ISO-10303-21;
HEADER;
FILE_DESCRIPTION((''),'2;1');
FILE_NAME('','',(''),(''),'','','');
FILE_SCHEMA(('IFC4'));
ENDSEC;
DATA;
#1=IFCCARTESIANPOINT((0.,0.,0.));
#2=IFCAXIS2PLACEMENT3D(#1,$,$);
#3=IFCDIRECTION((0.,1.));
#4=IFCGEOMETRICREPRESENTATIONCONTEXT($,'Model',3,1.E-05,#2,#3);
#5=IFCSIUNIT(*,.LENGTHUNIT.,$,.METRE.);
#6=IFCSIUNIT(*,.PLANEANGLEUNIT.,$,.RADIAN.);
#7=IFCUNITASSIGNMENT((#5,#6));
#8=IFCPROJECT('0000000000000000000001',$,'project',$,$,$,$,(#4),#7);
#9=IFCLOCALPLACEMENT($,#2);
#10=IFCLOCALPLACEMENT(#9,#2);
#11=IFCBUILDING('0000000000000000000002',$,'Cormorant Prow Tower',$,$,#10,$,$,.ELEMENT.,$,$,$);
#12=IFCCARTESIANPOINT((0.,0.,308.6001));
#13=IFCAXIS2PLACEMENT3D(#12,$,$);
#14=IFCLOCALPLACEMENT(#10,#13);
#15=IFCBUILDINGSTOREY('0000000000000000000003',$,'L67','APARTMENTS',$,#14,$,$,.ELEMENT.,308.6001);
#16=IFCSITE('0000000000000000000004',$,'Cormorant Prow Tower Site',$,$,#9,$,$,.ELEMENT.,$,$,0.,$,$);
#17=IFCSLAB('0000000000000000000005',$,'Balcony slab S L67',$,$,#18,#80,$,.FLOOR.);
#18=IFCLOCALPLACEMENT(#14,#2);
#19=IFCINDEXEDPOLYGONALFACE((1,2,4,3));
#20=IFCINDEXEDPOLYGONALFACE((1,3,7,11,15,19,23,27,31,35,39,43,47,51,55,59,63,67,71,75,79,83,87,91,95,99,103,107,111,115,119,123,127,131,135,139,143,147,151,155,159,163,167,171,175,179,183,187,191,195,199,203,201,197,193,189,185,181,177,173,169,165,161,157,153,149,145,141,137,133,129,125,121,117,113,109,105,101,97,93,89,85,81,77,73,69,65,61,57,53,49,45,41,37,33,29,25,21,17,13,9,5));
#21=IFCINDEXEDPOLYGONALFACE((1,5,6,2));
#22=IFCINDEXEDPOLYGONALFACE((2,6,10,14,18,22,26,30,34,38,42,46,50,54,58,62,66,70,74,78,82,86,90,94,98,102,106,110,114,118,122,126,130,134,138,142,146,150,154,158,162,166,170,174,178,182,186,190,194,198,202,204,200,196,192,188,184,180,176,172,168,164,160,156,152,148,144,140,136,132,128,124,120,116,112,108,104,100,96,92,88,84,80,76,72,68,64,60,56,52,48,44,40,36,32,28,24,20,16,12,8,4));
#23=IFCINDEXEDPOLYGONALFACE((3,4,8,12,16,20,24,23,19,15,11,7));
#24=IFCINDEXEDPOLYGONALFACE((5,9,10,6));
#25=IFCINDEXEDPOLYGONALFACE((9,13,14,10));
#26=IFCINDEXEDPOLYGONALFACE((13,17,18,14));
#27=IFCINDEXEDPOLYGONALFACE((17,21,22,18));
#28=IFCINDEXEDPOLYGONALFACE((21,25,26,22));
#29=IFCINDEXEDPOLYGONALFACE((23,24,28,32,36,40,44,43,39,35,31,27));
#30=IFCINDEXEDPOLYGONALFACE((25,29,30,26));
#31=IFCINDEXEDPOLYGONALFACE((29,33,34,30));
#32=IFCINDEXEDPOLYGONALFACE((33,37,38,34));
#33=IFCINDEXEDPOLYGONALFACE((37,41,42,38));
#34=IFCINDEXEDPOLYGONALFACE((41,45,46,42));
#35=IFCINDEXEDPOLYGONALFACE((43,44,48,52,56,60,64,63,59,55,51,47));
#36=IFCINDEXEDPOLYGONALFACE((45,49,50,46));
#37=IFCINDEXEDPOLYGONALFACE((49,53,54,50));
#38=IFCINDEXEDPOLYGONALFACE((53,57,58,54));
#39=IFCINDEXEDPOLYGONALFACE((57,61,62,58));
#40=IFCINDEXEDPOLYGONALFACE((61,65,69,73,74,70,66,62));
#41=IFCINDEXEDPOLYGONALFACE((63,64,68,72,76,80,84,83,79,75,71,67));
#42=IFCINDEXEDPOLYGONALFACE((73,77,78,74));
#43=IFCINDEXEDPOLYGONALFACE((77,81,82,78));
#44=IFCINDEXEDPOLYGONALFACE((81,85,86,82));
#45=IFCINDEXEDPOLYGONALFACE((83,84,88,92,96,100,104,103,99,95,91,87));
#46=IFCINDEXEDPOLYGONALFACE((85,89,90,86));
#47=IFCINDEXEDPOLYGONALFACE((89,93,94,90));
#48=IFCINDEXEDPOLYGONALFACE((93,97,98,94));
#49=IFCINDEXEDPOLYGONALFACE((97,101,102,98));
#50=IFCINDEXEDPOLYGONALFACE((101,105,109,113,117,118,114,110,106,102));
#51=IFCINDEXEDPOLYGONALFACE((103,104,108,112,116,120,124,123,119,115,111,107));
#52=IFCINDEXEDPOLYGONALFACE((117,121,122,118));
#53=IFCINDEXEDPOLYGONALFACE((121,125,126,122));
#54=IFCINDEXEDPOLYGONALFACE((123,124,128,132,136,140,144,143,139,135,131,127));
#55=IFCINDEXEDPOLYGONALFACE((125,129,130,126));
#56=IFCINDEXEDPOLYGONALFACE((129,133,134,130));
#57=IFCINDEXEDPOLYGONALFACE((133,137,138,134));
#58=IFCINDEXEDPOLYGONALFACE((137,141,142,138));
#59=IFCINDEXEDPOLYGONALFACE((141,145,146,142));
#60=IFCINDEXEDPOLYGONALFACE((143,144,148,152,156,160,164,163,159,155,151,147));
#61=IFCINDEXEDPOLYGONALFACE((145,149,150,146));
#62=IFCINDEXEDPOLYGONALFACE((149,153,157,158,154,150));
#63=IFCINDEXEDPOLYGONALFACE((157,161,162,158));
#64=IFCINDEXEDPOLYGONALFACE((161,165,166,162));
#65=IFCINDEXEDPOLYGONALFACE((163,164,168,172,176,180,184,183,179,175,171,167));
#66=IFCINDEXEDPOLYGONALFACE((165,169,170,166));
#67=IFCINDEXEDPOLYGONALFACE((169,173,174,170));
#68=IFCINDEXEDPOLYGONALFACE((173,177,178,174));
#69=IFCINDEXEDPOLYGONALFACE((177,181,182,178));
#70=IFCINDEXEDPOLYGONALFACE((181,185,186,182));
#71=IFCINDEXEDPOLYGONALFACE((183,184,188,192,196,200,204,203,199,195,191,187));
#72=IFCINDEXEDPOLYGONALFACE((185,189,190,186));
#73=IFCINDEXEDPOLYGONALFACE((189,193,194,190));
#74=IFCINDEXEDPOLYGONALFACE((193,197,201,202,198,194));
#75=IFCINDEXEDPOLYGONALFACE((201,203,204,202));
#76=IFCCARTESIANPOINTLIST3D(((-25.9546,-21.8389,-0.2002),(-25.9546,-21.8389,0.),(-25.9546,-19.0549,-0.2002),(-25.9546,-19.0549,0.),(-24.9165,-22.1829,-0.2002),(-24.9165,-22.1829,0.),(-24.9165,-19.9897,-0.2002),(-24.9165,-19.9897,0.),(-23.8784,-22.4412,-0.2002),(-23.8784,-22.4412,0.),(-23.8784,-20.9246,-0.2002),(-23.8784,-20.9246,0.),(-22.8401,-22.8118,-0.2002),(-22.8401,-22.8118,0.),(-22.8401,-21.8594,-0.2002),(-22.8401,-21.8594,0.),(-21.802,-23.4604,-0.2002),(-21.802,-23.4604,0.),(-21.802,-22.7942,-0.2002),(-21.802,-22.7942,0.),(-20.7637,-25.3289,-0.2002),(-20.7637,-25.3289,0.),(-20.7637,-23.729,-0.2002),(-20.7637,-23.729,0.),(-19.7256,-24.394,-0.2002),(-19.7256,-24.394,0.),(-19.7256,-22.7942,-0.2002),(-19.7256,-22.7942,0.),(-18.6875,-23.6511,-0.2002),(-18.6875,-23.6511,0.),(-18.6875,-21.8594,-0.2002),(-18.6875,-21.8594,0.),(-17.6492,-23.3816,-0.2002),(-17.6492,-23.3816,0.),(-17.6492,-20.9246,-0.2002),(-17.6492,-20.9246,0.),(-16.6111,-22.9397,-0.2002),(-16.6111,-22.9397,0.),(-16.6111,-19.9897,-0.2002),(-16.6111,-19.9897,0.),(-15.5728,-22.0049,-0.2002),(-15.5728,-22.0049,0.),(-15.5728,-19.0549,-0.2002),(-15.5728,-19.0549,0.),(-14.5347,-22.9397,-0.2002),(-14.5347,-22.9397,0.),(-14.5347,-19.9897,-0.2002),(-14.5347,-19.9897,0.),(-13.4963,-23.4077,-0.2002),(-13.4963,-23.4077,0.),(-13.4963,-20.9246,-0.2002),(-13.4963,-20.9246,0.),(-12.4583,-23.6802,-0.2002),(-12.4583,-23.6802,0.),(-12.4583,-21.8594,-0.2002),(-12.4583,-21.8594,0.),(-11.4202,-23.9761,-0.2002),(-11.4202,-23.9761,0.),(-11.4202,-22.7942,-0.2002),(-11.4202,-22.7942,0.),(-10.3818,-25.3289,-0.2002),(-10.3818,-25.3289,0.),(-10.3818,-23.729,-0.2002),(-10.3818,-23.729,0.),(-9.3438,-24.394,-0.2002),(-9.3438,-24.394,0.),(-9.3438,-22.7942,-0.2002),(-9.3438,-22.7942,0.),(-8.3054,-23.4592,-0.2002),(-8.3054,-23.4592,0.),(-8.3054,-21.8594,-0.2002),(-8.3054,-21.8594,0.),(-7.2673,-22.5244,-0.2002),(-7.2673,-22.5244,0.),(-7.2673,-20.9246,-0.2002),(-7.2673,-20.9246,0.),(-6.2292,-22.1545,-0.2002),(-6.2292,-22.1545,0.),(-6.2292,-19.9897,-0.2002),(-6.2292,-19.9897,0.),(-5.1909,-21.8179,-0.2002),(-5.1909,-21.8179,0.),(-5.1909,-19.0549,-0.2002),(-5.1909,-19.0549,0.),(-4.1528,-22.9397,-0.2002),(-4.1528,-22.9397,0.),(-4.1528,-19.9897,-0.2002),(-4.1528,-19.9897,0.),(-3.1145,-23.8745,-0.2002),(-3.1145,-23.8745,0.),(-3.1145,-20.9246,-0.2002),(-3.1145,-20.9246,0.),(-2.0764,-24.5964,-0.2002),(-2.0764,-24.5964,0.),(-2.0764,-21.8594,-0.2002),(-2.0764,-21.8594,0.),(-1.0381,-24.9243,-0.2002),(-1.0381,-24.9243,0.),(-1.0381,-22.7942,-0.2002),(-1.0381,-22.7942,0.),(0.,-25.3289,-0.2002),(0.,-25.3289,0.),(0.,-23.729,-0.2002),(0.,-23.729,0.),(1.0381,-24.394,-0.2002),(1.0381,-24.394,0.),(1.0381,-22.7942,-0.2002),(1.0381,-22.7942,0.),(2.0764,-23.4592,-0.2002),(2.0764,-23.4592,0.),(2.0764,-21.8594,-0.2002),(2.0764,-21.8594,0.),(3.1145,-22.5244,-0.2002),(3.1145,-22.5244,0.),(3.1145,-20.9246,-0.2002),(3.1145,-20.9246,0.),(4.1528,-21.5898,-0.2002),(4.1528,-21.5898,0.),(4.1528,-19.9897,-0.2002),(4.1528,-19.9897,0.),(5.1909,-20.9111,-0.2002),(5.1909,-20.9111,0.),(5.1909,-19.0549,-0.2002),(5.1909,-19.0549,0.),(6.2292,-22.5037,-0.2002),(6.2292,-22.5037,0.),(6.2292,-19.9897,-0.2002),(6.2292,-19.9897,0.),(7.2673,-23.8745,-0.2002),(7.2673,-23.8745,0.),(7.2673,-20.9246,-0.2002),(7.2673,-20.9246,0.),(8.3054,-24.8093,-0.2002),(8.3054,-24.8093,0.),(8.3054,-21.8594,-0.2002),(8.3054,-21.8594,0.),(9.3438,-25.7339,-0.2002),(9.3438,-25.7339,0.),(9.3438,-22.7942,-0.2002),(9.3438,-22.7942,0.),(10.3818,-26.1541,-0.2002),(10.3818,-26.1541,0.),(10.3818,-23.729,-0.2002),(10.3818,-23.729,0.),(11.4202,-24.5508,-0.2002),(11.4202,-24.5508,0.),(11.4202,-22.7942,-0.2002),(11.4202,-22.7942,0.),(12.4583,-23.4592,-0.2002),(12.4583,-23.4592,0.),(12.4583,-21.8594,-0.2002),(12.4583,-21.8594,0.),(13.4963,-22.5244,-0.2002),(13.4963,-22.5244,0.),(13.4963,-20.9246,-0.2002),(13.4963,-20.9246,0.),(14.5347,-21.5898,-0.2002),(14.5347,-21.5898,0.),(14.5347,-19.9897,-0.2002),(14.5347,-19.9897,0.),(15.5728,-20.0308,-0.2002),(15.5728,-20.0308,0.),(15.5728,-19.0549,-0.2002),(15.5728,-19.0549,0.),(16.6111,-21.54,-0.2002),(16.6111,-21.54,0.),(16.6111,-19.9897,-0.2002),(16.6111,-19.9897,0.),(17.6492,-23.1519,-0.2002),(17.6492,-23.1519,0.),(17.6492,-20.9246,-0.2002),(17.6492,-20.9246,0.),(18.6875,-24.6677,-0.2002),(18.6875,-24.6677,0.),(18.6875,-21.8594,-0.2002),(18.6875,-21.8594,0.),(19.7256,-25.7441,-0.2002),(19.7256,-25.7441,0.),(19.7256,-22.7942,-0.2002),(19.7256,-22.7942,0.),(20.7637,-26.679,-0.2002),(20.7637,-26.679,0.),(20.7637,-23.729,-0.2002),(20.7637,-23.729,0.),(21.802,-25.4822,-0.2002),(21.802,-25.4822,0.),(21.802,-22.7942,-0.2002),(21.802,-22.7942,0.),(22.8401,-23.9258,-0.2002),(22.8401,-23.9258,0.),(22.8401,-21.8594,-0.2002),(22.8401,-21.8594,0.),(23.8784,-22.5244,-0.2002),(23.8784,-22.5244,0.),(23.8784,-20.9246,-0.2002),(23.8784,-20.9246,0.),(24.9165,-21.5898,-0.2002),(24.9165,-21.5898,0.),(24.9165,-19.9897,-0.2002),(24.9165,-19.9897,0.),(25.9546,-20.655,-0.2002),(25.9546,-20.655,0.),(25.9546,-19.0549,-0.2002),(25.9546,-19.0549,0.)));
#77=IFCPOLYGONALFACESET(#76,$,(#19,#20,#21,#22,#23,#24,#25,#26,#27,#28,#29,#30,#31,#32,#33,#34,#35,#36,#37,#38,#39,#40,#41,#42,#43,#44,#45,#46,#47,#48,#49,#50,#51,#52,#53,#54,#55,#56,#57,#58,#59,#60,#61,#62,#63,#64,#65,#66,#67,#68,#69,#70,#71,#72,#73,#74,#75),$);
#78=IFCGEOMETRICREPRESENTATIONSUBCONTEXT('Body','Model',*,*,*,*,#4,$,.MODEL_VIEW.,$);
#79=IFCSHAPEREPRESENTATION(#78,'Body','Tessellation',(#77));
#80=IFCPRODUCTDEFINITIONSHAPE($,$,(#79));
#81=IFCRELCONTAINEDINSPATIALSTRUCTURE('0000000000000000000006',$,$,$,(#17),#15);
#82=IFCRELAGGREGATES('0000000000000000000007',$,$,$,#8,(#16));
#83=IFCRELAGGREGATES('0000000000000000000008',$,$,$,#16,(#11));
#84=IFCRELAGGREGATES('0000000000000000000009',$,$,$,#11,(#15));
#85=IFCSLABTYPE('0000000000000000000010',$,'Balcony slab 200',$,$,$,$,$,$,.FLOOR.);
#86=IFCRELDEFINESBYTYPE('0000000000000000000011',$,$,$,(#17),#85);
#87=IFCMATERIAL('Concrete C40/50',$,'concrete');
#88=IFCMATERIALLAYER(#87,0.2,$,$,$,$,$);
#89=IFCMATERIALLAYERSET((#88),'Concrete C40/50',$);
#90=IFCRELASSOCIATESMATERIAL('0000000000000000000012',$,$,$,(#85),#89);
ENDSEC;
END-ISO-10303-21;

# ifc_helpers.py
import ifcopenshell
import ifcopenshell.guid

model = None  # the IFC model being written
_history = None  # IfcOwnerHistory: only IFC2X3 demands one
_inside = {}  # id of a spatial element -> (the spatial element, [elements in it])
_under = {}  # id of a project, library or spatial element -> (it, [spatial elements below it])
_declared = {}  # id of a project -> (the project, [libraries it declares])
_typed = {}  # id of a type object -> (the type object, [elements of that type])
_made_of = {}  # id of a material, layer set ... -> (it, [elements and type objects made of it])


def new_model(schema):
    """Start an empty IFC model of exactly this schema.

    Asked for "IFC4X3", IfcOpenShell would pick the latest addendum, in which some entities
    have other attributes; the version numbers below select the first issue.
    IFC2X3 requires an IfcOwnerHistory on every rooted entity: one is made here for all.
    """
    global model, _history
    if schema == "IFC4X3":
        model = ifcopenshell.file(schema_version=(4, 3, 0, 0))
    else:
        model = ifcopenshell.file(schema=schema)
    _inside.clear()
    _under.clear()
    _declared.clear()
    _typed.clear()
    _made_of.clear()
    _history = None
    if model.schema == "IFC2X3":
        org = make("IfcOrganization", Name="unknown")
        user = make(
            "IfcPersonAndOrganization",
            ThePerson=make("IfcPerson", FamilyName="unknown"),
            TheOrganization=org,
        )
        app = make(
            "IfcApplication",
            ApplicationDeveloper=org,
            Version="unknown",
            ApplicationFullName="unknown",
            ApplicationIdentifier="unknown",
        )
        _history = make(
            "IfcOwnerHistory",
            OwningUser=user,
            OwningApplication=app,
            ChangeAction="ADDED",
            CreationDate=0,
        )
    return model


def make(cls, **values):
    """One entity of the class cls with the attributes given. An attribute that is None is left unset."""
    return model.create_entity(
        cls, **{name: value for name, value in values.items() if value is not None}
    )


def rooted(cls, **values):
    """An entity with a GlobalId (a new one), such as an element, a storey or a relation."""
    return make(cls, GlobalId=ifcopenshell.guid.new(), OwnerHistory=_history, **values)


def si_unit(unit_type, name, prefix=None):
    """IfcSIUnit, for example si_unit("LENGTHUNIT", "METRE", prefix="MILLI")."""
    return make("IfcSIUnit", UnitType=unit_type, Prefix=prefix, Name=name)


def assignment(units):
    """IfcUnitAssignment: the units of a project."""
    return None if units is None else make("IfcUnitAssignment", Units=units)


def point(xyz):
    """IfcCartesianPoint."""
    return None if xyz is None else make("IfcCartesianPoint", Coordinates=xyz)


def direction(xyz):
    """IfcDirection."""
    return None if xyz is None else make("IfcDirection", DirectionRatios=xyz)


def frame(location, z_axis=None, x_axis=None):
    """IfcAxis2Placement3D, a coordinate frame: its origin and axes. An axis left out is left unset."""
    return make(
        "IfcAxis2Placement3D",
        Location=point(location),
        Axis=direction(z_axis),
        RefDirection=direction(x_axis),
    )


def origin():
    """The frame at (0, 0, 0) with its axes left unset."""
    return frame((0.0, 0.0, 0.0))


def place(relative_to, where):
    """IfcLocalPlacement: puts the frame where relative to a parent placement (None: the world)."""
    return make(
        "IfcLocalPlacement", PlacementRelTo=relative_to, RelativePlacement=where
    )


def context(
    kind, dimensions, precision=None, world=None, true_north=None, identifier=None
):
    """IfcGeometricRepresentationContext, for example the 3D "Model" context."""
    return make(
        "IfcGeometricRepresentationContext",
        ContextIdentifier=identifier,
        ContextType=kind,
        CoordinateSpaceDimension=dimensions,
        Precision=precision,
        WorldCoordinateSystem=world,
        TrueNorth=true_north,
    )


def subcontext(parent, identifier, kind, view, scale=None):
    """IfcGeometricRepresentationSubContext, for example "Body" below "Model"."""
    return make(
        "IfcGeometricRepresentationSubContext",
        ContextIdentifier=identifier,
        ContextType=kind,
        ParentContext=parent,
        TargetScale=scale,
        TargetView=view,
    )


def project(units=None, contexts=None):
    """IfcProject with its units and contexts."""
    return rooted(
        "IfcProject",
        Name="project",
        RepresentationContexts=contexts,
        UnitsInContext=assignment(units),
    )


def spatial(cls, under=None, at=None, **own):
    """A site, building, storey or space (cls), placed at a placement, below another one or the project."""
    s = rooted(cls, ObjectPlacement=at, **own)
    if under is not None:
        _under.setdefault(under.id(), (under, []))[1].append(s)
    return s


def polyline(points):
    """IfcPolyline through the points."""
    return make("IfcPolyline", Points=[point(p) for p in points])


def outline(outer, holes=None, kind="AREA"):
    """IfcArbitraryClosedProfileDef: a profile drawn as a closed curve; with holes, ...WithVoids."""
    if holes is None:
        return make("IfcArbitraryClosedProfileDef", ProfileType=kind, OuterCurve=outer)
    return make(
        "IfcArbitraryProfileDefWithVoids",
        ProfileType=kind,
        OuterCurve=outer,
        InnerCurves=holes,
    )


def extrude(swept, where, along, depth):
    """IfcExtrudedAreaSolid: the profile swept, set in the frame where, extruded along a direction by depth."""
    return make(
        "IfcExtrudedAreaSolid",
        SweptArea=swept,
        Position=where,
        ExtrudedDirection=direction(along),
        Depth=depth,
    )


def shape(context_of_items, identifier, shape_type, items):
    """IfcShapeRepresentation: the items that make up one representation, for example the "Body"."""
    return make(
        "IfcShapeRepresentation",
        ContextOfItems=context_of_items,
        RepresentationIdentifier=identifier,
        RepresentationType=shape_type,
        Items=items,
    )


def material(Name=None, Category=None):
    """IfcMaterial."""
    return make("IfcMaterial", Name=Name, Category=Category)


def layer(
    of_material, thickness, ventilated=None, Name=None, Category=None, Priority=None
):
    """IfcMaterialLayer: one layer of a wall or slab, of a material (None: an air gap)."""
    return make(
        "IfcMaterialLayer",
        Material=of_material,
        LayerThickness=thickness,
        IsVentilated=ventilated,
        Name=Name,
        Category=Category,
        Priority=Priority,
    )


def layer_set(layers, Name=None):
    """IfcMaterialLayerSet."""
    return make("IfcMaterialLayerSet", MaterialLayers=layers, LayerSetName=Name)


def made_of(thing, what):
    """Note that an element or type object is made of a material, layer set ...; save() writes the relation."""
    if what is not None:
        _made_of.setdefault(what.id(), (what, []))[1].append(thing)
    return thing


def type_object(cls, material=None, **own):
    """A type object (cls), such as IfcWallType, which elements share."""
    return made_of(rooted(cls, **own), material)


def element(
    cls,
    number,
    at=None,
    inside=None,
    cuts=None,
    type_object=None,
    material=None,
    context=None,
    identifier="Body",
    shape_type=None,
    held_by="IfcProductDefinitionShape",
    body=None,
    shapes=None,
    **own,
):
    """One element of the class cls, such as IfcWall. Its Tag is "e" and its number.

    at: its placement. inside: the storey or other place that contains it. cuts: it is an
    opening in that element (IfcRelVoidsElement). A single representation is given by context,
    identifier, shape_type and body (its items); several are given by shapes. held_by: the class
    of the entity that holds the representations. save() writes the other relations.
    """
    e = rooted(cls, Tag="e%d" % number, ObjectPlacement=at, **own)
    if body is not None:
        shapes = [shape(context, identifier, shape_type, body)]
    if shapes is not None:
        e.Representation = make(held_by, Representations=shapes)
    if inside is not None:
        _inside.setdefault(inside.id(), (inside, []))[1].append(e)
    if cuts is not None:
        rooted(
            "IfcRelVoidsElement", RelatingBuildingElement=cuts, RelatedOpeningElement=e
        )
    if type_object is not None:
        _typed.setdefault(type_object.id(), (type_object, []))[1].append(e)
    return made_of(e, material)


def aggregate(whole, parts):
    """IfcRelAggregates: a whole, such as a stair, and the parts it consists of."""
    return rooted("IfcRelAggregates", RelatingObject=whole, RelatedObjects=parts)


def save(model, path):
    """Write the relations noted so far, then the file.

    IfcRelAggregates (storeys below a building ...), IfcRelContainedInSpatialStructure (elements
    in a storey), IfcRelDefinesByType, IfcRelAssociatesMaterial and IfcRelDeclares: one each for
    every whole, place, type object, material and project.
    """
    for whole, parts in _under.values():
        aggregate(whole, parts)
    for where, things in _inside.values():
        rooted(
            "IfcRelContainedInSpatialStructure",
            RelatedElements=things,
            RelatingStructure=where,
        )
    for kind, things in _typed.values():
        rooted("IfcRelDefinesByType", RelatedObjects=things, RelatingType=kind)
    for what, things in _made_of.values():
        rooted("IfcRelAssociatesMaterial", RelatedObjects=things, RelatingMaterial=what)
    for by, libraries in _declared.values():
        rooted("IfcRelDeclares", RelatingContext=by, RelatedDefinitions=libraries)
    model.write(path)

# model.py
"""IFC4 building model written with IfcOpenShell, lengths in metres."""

from ifc_helpers import new_model, si_unit, direction, frame, origin, place, context, subcontext, project, spatial, polyline, outline, extrude, material, layer, layer_set, type_object, element, save


model = new_model("IFC4")

# Units and contexts
model_context = context("Model", 3, precision=1e-05, world=origin(), true_north=direction((0.0, 1.0)))
body_context = subcontext(model_context, "Body", "Model", "MODEL_VIEW")
ifc_project = project(units=[si_unit("LENGTHUNIT", "METRE"), si_unit("PLANEANGLEUNIT", "RADIAN")], contexts=[model_context])

# Site, building, storey
site_placement = place(None, origin())
site = spatial("IfcSite", under=ifc_project, at=site_placement, Name="Cormorant Prow Tower Site", CompositionType="ELEMENT", RefElevation=0.0)
building_placement = place(site_placement, origin())
building = spatial("IfcBuilding", under=site, at=building_placement, Name="Cormorant Prow Tower", CompositionType="ELEMENT")
storey_placement = place(building_placement, frame((0.0, 0.0, 308.6001)))
storey = spatial("IfcBuildingStorey", under=building, at=storey_placement, Name="L67", Description="APARTMENTS", CompositionType="ELEMENT", Elevation=308.6001)

# Slab
ifc_material_1 = material(Name="Concrete C40/50", Category="concrete")
ifc_layer_1 = layer(ifc_material_1, 0.2)
ifc_layer_set_1 = layer_set([ifc_layer_1], Name="Concrete C40/50")
slab_type_1 = type_object("IfcSlabType", Name="Balcony slab 200", PredefinedType="FLOOR", material=ifc_layer_set_1)
slab_1_placement = place(storey_placement, frame((0.0, 0.0, -0.2002)))
element("IfcSlab", 1, at=slab_1_placement, inside=storey, type_object=slab_type_1, Name="Balcony slab S L67", PredefinedType="FLOOR", context=body_context, shape_type="SweptSolid", body=[
    extrude(outline(polyline([(-25.9546, -19.0549), (-25.9546, -21.8389), (-24.9165, -22.1829), (-23.8784, -22.4412), (-22.8401, -22.8118), (-21.802, -23.4604), (-20.7637, -25.3289), (-19.7256, -24.394), (-18.6875, -23.6511), (-17.6492, -23.3816), (-16.6111, -22.9397), (-15.5728, -22.0049), (-14.5347, -22.9397), (-13.4963, -23.4077), (-12.4583, -23.6802), (-11.4202, -23.9761), (-10.3818, -25.3289), (-9.3438, -24.394), (-8.3054, -23.4592), (-7.2673, -22.5244), (-6.2292, -22.1545), (-5.1909, -21.8179), (-4.1528, -22.9397), (-3.1145, -23.8745), (-2.0764, -24.5964), (-1.0381, -24.9243), (0.0, -25.3289), (1.0381, -24.394), (2.0764, -23.4592), (3.1145, -22.5244), (4.1528, -21.5898), (5.1909, -20.9111), (6.2292, -22.5037), (7.2673, -23.8745), (8.3054, -24.8093), (9.3438, -25.7339), (10.3818, -26.1541), (11.4202, -24.5508), (12.4583, -23.4592), (13.4963, -22.5244), (14.5347, -21.5898), (15.5728, -20.0308), (16.6111, -21.54), (17.6492, -23.1519), (18.6875, -24.6677), (19.7256, -25.7441), (20.7637, -26.679), (21.802, -25.4822), (22.8401, -23.9258), (23.8784, -22.5244), (24.9165, -21.5898), (25.9546, -20.655), (25.9546, -19.0549), (24.9165, -19.9897), (23.8784, -20.9246), (22.8401, -21.8594), (21.802, -22.7942), (20.7637, -23.729), (19.7256, -22.7942), (18.6875, -21.8594), (17.6492, -20.9246), (16.6111, -19.9897), (15.5728, -19.0549), (14.5347, -19.9897), (13.4963, -20.9246), (12.4583, -21.8594), (11.4202, -22.7942), (10.3818, -23.729), (9.3438, -22.7942), (8.3054, -21.8594), (7.2673, -20.9246), (6.2292, -19.9897), (5.1909, -19.0549), (4.1528, -19.9897), (3.1145, -20.9246), (2.0764, -21.8594), (1.0381, -22.7942), (0.0, -23.729), (-1.0381, -22.7942), (-2.0764, -21.8594), (-3.1145, -20.9246), (-4.1528, -19.9897), (-5.1909, -19.0549), (-6.2292, -19.9897), (-7.2673, -20.9246), (-8.3054, -21.8594), (-9.3438, -22.7942), (-10.3818, -23.729), (-11.4202, -22.7942), (-12.4583, -21.8594), (-13.4963, -20.9246), (-14.5347, -19.9897), (-15.5728, -19.0549), (-16.6111, -19.9897), (-17.6492, -20.9246), (-18.6875, -21.8594), (-19.7256, -22.7942), (-20.7637, -23.729), (-21.802, -22.7942), (-22.8401, -21.8594), (-23.8784, -20.9246), (-24.9165, -19.9897), (-25.9546, -19.0549)])), origin(), (0.0, 0.0, 1.0), 0.2002),
])

save(model, "model.ifc")
